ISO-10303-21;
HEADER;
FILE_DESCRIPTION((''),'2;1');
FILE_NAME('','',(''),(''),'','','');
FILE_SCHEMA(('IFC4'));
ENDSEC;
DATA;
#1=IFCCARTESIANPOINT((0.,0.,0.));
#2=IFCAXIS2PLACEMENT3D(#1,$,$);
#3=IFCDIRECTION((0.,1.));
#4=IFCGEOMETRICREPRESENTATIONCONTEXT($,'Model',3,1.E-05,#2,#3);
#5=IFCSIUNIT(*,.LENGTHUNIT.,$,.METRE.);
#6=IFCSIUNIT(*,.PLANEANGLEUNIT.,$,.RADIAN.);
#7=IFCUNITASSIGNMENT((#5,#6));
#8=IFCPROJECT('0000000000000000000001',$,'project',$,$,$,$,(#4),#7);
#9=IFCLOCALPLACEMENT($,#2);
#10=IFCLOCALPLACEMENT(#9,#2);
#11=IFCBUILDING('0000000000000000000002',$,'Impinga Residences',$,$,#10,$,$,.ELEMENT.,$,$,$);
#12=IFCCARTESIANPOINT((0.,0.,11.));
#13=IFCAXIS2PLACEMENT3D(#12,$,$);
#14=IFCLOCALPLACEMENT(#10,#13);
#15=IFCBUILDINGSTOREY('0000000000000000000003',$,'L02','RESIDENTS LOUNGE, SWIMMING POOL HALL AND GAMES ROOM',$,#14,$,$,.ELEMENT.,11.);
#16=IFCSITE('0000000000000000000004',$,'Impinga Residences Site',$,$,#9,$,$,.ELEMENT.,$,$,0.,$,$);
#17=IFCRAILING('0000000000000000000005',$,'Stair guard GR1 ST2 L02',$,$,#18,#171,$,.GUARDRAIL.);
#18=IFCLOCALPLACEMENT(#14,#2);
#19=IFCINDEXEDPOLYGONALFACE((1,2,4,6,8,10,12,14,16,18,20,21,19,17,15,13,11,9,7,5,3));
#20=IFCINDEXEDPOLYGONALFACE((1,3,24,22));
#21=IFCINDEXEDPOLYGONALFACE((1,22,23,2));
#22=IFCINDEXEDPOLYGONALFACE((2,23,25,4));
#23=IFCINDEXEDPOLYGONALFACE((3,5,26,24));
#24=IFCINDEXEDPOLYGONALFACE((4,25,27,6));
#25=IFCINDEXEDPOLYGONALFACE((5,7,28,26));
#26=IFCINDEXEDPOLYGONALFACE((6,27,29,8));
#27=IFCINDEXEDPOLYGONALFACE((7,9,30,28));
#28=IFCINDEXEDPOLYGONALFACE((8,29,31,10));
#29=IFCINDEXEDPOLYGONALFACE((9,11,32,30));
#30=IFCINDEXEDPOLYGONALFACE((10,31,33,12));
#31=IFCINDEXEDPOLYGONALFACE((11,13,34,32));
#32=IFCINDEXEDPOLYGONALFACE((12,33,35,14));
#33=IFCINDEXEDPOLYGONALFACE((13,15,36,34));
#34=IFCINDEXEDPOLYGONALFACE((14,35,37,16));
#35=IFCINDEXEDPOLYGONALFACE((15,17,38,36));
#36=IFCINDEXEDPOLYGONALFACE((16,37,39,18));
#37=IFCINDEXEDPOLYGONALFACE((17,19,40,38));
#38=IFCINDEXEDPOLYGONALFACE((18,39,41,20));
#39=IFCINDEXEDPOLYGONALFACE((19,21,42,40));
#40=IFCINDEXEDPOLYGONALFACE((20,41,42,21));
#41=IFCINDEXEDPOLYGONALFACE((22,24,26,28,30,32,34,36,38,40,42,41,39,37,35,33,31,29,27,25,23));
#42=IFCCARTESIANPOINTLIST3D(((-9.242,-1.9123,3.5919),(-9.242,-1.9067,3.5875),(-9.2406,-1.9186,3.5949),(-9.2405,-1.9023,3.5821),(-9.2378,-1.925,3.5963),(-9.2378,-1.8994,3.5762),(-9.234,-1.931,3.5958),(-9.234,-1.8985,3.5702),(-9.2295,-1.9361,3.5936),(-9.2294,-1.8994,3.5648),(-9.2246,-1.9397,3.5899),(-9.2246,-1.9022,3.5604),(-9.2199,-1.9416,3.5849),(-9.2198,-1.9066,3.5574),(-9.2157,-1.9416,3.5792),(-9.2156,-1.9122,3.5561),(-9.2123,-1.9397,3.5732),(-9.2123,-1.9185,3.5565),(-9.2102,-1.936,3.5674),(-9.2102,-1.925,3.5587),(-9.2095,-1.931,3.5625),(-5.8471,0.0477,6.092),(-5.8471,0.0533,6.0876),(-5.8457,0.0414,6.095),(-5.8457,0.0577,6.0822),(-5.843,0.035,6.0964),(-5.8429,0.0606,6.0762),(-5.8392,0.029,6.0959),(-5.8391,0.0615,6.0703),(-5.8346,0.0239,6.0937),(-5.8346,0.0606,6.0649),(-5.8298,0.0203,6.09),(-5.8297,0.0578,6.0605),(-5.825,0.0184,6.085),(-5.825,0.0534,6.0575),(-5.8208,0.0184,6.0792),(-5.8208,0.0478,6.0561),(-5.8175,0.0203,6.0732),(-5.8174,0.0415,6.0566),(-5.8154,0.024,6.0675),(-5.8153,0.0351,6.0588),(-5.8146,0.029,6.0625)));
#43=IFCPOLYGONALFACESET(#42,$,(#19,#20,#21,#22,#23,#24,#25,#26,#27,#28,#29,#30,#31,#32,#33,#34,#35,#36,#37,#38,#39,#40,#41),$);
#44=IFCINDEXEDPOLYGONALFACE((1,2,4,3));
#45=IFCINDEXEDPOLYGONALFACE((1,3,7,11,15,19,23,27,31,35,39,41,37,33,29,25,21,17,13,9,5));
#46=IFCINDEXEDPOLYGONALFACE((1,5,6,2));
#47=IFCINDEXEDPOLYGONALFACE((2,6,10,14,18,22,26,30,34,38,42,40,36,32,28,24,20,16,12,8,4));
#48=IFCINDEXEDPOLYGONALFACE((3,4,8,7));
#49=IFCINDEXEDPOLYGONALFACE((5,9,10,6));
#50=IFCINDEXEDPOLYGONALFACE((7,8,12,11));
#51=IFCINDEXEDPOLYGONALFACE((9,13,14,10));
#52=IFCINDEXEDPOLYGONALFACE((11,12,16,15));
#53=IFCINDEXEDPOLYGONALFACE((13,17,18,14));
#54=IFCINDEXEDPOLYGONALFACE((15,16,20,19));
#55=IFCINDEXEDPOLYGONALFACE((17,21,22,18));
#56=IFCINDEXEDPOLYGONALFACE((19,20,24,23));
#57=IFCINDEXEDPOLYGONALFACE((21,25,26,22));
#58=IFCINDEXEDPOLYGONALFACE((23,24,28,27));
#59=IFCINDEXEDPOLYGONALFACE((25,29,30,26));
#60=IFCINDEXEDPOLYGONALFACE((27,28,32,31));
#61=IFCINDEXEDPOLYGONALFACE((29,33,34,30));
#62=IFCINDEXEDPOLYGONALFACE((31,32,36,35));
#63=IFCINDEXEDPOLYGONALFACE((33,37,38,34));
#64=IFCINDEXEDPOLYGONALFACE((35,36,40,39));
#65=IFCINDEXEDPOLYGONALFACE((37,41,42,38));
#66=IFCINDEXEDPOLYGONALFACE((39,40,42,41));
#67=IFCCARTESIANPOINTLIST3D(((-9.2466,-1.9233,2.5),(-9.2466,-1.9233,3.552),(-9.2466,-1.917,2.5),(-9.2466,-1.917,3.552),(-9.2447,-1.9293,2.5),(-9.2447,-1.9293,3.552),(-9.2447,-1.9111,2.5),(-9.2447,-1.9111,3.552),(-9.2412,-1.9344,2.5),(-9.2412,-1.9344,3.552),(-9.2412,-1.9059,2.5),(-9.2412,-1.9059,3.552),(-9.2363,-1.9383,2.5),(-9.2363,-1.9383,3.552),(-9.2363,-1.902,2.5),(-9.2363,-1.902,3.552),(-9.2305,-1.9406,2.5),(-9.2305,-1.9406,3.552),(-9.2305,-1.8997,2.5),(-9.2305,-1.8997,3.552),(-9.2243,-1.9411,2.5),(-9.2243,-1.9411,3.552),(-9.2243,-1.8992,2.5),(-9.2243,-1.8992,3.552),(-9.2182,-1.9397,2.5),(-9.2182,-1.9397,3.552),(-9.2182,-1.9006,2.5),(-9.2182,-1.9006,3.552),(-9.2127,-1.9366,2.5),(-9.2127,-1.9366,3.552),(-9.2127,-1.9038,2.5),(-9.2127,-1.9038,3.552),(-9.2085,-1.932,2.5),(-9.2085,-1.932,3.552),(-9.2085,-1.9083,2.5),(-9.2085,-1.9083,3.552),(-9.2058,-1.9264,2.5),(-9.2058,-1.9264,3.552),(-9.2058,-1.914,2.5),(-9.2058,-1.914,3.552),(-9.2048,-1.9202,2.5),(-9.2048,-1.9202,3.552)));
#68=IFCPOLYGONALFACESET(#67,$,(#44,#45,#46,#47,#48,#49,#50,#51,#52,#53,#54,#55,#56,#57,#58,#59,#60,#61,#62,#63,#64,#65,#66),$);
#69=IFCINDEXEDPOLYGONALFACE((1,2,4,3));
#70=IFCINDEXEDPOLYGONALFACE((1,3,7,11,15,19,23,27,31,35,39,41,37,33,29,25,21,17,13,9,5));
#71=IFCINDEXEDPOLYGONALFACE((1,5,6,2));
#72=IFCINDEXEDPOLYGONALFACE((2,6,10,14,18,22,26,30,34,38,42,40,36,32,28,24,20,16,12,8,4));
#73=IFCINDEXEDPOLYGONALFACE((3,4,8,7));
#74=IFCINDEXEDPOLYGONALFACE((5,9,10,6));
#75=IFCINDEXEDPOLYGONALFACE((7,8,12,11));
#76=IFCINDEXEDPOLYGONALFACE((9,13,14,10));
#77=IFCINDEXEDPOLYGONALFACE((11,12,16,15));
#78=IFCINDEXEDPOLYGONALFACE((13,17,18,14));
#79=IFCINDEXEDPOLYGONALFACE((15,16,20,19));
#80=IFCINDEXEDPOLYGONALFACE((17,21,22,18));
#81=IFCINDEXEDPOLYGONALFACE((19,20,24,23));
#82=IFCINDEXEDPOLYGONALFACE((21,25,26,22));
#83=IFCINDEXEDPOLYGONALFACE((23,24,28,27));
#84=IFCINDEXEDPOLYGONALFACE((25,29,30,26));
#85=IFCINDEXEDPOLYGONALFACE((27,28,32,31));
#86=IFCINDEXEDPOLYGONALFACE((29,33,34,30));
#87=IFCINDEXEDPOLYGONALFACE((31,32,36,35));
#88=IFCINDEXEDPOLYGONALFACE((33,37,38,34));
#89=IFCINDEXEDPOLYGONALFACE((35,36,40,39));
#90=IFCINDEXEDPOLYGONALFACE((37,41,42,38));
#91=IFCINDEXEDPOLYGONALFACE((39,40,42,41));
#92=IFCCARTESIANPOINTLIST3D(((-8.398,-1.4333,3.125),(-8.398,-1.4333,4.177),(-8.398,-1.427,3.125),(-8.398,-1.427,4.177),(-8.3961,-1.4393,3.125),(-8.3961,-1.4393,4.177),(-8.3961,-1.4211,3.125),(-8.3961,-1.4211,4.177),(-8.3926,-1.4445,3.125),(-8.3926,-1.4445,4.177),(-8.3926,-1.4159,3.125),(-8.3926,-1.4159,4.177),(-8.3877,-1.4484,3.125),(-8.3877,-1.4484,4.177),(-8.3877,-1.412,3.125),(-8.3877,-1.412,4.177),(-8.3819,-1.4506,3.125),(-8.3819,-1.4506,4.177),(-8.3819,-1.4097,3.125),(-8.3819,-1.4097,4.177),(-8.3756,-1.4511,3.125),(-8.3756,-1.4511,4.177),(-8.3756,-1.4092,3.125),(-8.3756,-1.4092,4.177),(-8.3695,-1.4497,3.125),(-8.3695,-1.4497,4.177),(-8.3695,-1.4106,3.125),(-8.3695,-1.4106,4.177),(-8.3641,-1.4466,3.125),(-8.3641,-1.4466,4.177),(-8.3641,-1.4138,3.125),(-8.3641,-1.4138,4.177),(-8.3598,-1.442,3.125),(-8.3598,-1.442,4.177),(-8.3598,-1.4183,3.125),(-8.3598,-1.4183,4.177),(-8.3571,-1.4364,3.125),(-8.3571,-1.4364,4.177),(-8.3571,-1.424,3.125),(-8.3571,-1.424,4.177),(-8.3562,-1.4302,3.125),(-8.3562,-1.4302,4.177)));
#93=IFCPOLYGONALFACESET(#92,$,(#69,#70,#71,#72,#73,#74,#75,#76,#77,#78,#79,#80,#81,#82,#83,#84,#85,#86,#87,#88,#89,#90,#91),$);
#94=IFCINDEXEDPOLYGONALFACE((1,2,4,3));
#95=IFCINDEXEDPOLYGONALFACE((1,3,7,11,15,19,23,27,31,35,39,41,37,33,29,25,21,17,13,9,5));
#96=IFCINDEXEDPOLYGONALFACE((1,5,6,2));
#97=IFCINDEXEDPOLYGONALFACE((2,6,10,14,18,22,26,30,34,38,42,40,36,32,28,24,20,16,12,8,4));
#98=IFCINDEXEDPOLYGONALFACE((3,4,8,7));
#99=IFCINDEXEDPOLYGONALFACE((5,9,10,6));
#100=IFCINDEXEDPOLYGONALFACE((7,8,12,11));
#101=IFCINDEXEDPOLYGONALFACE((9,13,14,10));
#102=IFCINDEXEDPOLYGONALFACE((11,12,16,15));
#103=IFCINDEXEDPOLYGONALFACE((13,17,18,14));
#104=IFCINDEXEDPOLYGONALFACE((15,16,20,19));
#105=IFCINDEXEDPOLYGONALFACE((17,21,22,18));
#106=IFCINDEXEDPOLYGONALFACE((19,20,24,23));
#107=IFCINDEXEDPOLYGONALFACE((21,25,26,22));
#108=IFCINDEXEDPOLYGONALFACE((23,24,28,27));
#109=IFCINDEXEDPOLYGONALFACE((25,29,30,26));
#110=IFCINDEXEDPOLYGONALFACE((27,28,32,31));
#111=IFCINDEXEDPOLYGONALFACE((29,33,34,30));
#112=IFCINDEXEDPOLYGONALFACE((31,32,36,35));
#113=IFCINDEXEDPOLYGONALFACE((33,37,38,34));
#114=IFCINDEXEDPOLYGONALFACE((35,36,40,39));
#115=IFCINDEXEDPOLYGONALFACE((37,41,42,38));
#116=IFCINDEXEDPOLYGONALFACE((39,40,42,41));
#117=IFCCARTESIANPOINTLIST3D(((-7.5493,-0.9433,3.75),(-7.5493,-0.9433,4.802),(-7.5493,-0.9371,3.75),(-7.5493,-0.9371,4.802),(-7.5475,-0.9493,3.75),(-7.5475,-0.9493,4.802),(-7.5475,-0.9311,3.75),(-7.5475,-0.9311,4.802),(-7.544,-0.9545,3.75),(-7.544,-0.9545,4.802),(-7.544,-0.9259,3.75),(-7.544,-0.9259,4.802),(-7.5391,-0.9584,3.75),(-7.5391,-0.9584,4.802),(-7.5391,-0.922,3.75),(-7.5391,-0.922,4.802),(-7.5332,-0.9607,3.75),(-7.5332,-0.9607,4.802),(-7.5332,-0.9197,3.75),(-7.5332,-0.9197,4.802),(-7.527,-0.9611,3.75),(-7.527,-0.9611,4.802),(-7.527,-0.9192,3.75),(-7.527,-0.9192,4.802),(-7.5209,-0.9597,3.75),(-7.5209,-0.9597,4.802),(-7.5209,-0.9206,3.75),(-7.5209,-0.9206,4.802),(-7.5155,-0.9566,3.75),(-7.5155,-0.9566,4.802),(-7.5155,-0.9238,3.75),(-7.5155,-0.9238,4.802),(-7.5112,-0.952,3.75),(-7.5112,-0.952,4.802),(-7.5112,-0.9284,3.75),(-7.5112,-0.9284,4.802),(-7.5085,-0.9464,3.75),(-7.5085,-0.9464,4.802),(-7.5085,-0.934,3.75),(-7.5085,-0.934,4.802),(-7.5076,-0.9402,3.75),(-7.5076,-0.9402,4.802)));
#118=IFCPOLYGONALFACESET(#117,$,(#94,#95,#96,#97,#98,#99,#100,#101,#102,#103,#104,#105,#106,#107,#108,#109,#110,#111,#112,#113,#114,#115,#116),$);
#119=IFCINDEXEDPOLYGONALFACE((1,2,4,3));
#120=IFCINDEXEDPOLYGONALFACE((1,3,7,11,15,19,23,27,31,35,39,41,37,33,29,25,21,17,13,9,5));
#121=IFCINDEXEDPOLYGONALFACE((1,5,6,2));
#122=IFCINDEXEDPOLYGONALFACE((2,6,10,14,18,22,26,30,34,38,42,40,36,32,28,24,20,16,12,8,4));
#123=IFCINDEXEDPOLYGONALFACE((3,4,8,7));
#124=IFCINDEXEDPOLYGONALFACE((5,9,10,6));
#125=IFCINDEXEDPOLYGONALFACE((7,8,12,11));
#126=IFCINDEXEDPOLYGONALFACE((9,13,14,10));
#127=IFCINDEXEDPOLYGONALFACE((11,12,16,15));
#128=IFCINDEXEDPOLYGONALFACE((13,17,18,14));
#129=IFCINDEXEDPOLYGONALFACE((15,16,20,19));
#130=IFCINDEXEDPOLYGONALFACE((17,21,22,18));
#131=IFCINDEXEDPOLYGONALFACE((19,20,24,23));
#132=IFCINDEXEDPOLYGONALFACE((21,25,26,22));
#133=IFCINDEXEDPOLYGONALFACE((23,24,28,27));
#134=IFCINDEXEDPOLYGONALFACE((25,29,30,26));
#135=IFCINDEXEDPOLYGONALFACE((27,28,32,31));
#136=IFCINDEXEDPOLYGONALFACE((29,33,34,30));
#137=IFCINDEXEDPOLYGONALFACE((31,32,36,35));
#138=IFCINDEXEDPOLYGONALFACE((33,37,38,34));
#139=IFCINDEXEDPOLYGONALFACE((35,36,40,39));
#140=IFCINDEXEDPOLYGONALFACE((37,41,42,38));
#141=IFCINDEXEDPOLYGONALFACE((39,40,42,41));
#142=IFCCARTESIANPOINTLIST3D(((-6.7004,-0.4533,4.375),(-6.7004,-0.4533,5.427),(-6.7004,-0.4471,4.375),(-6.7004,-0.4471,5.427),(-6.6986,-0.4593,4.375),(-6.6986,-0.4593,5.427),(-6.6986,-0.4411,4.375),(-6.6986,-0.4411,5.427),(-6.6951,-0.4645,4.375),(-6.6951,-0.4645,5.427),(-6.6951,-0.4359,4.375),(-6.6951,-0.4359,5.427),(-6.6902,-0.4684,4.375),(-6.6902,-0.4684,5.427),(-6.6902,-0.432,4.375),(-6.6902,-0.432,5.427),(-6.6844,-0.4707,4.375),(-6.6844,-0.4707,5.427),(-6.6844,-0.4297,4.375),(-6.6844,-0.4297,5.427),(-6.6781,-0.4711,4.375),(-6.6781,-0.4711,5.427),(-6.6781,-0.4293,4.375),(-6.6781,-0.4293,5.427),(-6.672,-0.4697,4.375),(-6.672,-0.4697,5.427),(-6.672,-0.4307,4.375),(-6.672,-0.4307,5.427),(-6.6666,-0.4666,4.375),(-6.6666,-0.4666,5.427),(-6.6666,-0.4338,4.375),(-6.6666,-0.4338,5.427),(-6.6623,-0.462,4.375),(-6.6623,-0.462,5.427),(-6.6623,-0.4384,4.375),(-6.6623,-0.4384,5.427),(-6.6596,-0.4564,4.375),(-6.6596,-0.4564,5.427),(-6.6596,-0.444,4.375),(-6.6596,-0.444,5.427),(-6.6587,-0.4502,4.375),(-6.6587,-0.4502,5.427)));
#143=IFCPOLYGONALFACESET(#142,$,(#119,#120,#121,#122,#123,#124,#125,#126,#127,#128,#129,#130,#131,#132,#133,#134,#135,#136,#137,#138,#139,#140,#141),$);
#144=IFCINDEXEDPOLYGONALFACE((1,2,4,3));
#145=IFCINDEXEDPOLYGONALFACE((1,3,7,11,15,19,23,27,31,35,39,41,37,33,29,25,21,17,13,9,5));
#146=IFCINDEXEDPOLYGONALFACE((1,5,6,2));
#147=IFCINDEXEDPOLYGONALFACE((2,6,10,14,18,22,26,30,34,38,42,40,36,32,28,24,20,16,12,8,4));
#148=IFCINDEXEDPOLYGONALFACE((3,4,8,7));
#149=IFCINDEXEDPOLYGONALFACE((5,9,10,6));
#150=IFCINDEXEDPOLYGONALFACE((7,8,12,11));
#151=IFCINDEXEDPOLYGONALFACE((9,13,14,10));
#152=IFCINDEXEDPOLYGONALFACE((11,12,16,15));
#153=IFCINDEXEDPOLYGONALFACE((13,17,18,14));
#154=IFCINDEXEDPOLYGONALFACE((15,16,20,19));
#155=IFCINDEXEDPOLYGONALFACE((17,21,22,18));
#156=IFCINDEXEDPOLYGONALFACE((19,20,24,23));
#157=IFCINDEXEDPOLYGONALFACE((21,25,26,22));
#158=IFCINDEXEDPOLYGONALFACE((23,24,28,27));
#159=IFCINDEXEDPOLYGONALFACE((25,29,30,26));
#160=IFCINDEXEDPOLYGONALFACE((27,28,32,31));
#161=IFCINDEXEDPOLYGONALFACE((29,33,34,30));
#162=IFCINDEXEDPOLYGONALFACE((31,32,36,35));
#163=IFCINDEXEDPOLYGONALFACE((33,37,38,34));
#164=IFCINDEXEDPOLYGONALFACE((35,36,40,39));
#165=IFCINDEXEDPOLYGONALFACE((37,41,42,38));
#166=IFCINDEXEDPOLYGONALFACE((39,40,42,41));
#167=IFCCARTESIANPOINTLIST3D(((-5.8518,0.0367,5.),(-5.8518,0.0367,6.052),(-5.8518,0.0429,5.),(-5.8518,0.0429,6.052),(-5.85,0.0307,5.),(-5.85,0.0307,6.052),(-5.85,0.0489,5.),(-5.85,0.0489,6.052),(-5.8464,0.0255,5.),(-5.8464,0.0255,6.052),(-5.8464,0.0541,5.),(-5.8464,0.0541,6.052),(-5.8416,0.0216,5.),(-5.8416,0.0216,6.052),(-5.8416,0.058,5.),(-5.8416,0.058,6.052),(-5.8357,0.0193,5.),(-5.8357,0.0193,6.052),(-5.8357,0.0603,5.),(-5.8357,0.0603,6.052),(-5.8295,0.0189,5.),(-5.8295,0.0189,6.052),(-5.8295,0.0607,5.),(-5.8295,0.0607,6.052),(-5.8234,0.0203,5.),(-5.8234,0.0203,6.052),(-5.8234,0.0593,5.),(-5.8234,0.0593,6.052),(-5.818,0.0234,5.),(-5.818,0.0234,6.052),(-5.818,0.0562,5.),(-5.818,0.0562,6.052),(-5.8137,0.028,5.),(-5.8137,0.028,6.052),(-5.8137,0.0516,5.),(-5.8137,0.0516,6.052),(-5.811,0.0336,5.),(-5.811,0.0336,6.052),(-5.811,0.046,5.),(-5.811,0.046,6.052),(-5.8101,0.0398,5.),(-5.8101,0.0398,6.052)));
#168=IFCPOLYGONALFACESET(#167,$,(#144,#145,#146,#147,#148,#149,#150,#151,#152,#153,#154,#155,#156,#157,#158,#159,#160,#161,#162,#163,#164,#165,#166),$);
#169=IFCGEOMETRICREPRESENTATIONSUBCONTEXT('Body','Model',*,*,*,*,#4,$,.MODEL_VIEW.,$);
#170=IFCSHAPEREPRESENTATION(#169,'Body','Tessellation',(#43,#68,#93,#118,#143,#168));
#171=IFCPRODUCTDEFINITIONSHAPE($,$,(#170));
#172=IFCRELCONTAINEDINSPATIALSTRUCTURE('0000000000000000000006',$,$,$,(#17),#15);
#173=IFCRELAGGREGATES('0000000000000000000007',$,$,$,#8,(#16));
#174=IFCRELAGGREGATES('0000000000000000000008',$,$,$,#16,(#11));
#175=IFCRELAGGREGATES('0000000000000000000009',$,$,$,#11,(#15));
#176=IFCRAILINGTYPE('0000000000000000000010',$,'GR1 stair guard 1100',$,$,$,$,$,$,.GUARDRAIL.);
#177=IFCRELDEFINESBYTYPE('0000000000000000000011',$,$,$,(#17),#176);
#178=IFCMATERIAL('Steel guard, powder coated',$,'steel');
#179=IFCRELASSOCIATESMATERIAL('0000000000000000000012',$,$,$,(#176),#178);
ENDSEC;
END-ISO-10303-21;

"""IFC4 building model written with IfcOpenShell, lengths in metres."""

from ifc_helpers import new_model, si_unit, direction, frame, origin, origin_2d, place, context, subcontext, project, spatial, circle, extrude, material, type_object, element, save


model = new_model("IFC4")

# Units and contexts
model_context = context("Model", 3, precision=1e-05, world=origin(), true_north=direction((0.0, 1.0)))
body_context = subcontext(model_context, "Body", "Model", "MODEL_VIEW")
ifc_project = project(units=[si_unit("LENGTHUNIT", "METRE"), si_unit("PLANEANGLEUNIT", "RADIAN")], contexts=[model_context])

# Site, building, storey
site_placement = place(None, origin())
site = spatial("IfcSite", under=ifc_project, at=site_placement, Name="Impinga Residences Site", CompositionType="ELEMENT", RefElevation=0.0)
building_placement = place(site_placement, origin())
building = spatial("IfcBuilding", under=site, at=building_placement, Name="Impinga Residences", CompositionType="ELEMENT")
storey_placement = place(building_placement, frame((0.0, 0.0, 11.0)))
storey = spatial("IfcBuildingStorey", under=building, at=storey_placement, Name="L02", Description="RESIDENTS LOUNGE, SWIMMING POOL HALL AND GAMES ROOM", CompositionType="ELEMENT", Elevation=11.0)

# Railing
ifc_material_1 = material(Name="Steel guard, powder coated", Category="steel")
railing_type_1 = type_object("IfcRailingType", Name="GR1 stair guard 1100", PredefinedType="GUARDRAIL", material=ifc_material_1)
railing_1_placement = place(storey_placement, frame((-9.2258, -1.9202, 2.5)))
element("IfcRailing", 1, at=railing_1_placement, inside=storey, type_object=railing_type_1, Name="Stair guard GR1 ST2 L02", PredefinedType="GUARDRAIL", context=body_context, shape_type="SweptSolid", body=[
    extrude(circle(Radius=0.0239, at=origin_2d()), frame((0.0, 0.0, 1.0762), z_axis=(0.73017, 0.421561, 0.537716), x_axis=(-0.499997, 0.866027, 0.0)), (0.0, 0.0, 1.0), 4.6494),
    extrude(circle(Radius=0.021, at=origin_2d()), origin(), (0.0, 0.0, 1.0), 1.052),
    extrude(circle(Radius=0.021, at=origin_2d()), frame((0.8486, 0.49, 0.625)), (0.0, 0.0, 1.0), 1.052),
    extrude(circle(Radius=0.021, at=origin_2d()), frame((1.6973, 0.98, 1.25)), (0.0, 0.0, 1.0), 1.052),
    extrude(circle(Radius=0.021, at=origin_2d()), frame((2.5461, 1.47, 1.875)), (0.0, 0.0, 1.0), 1.052),
    extrude(circle(Radius=0.021, at=origin_2d()), frame((3.3948, 1.96, 2.5)), (0.0, 0.0, 1.0), 1.052),
])

save(model, "model.ifc")
